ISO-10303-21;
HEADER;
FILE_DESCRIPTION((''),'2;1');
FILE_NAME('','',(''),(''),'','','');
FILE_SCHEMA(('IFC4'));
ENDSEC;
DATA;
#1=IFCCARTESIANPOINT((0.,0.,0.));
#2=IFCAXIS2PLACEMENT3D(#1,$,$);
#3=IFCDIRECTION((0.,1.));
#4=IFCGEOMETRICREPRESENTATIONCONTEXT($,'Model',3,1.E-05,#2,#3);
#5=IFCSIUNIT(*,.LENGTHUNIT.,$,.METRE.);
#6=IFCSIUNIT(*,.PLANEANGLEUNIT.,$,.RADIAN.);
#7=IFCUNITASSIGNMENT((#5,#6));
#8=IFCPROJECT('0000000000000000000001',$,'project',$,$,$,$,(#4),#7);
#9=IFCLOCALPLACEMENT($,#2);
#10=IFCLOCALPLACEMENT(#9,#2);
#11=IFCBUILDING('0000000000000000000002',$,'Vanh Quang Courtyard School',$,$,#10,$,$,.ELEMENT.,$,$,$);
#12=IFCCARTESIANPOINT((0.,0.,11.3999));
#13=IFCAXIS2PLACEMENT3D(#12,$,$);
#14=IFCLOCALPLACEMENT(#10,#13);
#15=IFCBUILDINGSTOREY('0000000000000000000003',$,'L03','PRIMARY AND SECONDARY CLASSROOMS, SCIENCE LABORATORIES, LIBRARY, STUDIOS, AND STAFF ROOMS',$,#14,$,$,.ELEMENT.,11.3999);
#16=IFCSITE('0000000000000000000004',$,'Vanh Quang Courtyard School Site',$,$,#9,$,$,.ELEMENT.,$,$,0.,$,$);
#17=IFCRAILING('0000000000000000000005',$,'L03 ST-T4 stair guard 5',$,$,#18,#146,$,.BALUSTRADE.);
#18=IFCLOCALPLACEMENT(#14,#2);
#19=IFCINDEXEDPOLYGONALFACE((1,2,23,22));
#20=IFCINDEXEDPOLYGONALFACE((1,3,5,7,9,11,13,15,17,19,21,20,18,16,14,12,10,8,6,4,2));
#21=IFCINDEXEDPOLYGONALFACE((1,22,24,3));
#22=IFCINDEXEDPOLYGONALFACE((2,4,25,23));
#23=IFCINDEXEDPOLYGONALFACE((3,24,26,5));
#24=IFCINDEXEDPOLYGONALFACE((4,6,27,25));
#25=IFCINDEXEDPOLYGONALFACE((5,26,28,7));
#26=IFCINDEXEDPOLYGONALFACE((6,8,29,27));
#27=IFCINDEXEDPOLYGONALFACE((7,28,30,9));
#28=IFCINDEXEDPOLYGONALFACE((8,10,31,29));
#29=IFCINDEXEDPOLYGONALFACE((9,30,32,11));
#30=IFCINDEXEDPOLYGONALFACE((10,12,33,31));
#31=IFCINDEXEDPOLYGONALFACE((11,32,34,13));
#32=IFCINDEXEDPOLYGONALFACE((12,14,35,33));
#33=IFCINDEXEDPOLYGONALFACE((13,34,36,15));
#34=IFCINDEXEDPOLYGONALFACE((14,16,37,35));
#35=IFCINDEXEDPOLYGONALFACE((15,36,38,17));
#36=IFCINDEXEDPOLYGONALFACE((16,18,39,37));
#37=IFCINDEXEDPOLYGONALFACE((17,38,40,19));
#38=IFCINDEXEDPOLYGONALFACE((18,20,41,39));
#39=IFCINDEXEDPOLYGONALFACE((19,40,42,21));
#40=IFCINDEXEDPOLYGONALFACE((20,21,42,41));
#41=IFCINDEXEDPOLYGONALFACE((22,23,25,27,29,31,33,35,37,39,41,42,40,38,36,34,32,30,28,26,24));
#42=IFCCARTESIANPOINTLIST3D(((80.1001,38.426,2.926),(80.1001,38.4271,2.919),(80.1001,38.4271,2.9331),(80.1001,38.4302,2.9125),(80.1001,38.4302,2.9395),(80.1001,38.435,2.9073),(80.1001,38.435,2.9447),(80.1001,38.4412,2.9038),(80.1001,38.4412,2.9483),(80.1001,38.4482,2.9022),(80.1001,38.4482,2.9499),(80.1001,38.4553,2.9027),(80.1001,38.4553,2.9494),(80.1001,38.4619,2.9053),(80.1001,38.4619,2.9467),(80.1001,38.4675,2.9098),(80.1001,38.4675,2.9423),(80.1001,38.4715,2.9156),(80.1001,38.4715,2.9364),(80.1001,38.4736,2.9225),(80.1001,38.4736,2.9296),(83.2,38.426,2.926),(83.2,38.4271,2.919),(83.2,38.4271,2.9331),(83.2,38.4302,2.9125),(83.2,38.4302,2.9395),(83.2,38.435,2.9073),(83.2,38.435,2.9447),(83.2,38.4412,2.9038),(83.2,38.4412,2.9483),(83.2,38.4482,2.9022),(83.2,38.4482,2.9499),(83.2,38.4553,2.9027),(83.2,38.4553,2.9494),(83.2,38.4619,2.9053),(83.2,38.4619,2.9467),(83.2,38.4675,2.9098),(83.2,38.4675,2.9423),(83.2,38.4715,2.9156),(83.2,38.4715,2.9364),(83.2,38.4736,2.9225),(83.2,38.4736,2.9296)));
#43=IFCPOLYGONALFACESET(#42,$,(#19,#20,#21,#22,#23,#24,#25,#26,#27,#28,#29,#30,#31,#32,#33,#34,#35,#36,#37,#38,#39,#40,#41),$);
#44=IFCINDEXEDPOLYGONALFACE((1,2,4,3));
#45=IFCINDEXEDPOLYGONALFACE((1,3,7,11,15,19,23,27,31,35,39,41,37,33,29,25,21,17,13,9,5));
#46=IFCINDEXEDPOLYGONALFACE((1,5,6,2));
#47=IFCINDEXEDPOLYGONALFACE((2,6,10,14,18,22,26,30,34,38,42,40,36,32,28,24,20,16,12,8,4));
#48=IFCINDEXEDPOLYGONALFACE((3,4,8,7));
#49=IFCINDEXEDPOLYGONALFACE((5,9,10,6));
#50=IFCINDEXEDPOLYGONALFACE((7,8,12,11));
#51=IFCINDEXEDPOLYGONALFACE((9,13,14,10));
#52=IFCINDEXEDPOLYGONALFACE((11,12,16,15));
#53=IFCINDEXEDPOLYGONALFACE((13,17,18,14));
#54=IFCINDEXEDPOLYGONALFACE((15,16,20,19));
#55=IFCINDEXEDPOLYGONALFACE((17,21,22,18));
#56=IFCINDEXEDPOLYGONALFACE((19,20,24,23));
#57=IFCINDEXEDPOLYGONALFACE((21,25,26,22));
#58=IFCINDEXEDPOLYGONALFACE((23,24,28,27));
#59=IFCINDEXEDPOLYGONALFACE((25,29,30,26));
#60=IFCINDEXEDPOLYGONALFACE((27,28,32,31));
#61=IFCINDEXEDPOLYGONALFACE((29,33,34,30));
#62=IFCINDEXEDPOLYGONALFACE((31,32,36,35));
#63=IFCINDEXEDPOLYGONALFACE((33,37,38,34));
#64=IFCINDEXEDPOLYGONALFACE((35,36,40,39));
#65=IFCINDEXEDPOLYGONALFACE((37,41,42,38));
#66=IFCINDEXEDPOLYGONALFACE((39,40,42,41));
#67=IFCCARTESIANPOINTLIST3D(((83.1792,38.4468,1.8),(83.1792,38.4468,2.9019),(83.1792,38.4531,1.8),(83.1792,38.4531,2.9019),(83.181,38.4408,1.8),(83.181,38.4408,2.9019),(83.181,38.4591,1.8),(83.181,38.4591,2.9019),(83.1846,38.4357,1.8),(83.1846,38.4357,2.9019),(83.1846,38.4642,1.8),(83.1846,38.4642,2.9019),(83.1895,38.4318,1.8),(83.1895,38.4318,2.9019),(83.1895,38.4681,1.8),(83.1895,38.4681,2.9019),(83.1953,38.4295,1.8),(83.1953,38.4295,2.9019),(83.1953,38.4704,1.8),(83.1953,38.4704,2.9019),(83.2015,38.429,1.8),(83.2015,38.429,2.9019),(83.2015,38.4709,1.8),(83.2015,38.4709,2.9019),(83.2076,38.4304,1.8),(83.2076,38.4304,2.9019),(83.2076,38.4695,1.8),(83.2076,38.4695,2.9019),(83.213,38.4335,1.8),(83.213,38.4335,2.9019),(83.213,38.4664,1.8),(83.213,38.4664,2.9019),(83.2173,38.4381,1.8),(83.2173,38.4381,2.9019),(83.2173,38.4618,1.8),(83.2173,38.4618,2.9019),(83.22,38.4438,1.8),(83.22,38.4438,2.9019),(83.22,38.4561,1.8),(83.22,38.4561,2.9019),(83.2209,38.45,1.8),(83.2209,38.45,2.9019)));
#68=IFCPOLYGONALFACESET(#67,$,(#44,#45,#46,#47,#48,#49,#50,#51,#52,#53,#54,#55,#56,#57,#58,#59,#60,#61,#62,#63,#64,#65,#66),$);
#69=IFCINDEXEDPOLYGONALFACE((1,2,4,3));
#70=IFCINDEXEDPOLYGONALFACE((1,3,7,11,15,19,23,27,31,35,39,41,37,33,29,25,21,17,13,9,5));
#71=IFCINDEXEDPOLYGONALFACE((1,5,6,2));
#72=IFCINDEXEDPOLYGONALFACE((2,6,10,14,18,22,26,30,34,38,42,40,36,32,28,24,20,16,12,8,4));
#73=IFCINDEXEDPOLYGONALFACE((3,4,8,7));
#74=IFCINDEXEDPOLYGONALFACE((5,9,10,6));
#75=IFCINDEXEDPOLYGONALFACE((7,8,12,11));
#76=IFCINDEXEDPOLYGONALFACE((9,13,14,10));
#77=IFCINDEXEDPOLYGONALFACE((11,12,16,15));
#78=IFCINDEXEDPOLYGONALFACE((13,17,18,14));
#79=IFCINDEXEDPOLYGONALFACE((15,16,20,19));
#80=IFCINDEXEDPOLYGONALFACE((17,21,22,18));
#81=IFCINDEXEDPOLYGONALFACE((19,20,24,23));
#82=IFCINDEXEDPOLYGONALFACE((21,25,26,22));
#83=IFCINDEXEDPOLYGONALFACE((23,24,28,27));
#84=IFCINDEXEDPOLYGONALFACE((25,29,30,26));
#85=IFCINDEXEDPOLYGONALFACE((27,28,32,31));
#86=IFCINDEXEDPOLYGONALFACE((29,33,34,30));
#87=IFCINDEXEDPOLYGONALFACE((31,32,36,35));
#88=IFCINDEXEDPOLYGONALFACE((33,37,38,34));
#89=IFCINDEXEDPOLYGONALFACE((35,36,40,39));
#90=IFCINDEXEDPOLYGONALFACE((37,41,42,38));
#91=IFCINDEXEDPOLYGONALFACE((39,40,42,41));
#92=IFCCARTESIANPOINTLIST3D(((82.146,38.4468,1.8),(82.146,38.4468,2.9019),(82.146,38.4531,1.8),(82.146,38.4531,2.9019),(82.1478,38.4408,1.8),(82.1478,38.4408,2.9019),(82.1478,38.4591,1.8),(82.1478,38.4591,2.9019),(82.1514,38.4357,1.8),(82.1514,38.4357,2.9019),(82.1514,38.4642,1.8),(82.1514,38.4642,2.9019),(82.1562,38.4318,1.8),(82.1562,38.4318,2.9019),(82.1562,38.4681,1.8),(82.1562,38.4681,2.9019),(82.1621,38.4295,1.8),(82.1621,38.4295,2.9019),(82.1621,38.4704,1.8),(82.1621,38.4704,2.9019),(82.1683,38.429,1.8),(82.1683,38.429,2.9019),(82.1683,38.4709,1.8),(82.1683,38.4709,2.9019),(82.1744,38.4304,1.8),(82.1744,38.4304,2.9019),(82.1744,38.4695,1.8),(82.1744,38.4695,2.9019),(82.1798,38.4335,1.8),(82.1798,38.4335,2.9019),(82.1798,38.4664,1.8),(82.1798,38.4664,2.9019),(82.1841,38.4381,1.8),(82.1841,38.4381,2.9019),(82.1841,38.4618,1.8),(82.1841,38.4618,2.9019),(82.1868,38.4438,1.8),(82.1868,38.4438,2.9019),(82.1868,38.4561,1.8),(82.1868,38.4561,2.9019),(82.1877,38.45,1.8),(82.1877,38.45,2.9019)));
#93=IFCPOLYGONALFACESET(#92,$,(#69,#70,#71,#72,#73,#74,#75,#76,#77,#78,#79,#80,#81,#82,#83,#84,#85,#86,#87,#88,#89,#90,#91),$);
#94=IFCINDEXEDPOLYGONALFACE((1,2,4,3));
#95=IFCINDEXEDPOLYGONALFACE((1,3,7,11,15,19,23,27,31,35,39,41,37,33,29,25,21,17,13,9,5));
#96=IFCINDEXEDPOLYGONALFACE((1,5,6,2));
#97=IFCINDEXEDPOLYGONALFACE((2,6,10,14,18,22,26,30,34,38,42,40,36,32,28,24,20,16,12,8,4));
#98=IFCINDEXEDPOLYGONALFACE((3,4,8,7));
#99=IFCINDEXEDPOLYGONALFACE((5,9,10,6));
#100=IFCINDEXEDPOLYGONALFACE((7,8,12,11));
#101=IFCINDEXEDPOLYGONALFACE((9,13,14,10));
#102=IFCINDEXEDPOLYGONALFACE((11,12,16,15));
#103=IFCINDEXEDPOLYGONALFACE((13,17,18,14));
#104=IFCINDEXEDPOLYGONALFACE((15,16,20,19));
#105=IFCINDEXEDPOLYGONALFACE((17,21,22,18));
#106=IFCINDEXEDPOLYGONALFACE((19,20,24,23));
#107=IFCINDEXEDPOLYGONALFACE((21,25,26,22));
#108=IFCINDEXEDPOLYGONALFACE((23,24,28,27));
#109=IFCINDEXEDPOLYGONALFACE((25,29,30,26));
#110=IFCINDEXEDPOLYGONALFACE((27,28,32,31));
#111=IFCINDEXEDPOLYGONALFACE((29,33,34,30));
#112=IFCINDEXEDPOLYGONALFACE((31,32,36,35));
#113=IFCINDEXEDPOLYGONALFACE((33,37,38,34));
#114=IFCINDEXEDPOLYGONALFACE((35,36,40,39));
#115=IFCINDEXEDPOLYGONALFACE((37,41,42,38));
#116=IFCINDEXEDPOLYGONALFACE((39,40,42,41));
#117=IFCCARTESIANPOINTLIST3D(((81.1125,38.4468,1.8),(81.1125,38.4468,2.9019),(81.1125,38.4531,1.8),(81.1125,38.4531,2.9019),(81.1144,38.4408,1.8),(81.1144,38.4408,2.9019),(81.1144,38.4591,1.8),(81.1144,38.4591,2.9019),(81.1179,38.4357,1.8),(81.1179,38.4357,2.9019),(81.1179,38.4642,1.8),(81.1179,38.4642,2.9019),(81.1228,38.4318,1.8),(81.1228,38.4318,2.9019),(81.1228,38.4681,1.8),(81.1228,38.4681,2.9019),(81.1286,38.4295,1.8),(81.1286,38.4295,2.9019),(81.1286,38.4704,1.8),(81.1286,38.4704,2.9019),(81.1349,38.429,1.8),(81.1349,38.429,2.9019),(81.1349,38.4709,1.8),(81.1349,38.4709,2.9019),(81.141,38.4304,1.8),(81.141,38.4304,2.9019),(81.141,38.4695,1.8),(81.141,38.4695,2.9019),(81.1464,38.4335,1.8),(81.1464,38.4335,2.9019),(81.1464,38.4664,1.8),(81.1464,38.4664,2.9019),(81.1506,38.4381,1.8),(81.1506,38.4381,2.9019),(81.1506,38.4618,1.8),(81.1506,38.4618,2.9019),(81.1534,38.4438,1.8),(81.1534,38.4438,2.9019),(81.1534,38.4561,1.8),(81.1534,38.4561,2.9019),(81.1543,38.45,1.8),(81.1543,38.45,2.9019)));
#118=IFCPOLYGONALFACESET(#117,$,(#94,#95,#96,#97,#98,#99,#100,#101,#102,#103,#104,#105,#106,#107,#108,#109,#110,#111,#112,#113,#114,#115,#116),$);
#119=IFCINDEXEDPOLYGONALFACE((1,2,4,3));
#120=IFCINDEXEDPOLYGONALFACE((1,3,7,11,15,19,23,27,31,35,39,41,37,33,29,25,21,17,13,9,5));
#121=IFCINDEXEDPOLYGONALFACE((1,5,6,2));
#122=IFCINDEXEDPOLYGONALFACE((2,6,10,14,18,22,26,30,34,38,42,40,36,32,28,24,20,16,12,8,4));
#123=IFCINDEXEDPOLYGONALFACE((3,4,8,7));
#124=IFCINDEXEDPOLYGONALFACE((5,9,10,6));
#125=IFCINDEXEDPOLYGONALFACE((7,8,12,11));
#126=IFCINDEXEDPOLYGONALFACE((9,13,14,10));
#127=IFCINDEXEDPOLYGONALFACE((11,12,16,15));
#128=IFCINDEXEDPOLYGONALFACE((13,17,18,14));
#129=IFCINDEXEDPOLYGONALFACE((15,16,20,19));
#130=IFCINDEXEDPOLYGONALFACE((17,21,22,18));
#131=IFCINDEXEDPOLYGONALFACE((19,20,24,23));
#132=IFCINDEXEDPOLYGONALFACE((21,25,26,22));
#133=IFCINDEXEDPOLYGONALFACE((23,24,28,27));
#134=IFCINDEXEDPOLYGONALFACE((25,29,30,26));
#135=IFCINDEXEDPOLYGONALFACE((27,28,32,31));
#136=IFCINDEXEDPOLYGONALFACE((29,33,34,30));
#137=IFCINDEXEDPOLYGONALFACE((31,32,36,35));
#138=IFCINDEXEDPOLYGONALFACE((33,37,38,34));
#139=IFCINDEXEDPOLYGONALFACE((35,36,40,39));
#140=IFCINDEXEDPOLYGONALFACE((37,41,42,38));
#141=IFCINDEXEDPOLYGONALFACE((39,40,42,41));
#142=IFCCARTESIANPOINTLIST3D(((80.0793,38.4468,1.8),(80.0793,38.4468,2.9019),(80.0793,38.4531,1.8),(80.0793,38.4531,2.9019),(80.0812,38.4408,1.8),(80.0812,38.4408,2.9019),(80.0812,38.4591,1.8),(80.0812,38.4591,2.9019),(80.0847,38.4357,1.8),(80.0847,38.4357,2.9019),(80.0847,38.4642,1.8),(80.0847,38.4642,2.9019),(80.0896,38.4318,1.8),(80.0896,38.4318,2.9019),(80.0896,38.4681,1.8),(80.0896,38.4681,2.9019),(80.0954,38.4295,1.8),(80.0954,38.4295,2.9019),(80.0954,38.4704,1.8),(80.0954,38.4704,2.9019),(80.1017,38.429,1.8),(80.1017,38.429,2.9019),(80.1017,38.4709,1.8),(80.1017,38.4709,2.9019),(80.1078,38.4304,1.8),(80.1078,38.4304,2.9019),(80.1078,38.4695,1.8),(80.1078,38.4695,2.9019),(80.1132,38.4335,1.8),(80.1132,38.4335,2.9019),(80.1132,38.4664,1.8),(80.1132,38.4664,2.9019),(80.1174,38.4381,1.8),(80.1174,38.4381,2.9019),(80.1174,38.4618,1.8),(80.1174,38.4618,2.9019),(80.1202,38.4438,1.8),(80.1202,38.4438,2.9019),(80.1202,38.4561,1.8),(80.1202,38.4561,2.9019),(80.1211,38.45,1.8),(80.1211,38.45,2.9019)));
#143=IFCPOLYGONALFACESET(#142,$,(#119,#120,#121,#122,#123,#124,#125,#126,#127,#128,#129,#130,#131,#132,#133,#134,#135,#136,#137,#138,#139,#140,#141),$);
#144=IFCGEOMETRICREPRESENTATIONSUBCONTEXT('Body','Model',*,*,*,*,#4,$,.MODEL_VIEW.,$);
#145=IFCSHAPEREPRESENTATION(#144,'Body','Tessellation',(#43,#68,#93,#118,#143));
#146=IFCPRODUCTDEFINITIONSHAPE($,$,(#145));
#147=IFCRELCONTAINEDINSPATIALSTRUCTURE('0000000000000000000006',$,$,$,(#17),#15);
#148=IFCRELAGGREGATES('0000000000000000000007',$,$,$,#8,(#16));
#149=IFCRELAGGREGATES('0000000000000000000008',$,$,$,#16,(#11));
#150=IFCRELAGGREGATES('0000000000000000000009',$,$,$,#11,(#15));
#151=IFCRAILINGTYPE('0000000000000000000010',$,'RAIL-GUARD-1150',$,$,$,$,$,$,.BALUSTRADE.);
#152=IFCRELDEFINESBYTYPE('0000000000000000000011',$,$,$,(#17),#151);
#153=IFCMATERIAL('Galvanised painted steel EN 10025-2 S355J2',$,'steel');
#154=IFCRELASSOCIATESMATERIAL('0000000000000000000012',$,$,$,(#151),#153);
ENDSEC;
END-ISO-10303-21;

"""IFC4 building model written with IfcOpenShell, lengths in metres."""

from ifc_helpers import new_model, si_unit, direction, frame, origin, origin_2d, place, context, subcontext, project, spatial, circle, extrude, material, type_object, element, save


model = new_model("IFC4")

# Units and contexts
model_context = context("Model", 3, precision=1e-05, world=origin(), true_north=direction((0.0, 1.0)))
body_context = subcontext(model_context, "Body", "Model", "MODEL_VIEW")
ifc_project = project(units=[si_unit("LENGTHUNIT", "METRE"), si_unit("PLANEANGLEUNIT", "RADIAN")], contexts=[model_context])

# Site, building, storey
site_placement = place(None, origin())
site = spatial("IfcSite", under=ifc_project, at=site_placement, Name="Vanh Quang Courtyard School Site", CompositionType="ELEMENT", RefElevation=0.0)
building_placement = place(site_placement, origin())
building = spatial("IfcBuilding", under=site, at=building_placement, Name="Vanh Quang Courtyard School", CompositionType="ELEMENT")
storey_placement = place(building_placement, frame((0.0, 0.0, 11.3999)))
storey = spatial("IfcBuildingStorey", under=building, at=storey_placement, Name="L03", Description="PRIMARY AND SECONDARY CLASSROOMS, SCIENCE LABORATORIES, LIBRARY, STUDIOS, AND STAFF ROOMS", CompositionType="ELEMENT", Elevation=11.3999)

# Railing
ifc_material_1 = material(Name="Galvanised painted steel EN 10025-2 S355J2", Category="steel")
railing_type_1 = type_object("IfcRailingType", Name="RAIL-GUARD-1150", PredefinedType="BALUSTRADE", material=ifc_material_1)
railing_1_placement = place(storey_placement, frame((83.2, 38.45, 1.8)))
element("IfcRailing", 1, at=railing_1_placement, inside=storey, type_object=railing_type_1, Name="L03 ST-T4 stair guard 5", PredefinedType="BALUSTRADE", context=body_context, shape_type="SweptSolid", body=[
    extrude(circle(Radius=0.0239, at=origin_2d()), frame((0.0, 0.0, 1.126), z_axis=(-1.0, 0.0, 0.0), x_axis=(0.0, -1.0, 0.0)), (0.0, 0.0, 1.0), 3.0999),
    extrude(circle(Radius=0.021, at=origin_2d()), origin(), (0.0, 0.0, 1.0), 1.1018),
    extrude(circle(Radius=0.021, at=origin_2d()), frame((-1.0332, 0.0, 0.0)), (0.0, 0.0, 1.0), 1.1018),
    extrude(circle(Radius=0.021, at=origin_2d()), frame((-2.0667, 0.0, 0.0)), (0.0, 0.0, 1.0), 1.1018),
    extrude(circle(Radius=0.021, at=origin_2d()), frame((-3.0999, 0.0, 0.0)), (0.0, 0.0, 1.0), 1.1018),
])

save(model, "model.ifc")
